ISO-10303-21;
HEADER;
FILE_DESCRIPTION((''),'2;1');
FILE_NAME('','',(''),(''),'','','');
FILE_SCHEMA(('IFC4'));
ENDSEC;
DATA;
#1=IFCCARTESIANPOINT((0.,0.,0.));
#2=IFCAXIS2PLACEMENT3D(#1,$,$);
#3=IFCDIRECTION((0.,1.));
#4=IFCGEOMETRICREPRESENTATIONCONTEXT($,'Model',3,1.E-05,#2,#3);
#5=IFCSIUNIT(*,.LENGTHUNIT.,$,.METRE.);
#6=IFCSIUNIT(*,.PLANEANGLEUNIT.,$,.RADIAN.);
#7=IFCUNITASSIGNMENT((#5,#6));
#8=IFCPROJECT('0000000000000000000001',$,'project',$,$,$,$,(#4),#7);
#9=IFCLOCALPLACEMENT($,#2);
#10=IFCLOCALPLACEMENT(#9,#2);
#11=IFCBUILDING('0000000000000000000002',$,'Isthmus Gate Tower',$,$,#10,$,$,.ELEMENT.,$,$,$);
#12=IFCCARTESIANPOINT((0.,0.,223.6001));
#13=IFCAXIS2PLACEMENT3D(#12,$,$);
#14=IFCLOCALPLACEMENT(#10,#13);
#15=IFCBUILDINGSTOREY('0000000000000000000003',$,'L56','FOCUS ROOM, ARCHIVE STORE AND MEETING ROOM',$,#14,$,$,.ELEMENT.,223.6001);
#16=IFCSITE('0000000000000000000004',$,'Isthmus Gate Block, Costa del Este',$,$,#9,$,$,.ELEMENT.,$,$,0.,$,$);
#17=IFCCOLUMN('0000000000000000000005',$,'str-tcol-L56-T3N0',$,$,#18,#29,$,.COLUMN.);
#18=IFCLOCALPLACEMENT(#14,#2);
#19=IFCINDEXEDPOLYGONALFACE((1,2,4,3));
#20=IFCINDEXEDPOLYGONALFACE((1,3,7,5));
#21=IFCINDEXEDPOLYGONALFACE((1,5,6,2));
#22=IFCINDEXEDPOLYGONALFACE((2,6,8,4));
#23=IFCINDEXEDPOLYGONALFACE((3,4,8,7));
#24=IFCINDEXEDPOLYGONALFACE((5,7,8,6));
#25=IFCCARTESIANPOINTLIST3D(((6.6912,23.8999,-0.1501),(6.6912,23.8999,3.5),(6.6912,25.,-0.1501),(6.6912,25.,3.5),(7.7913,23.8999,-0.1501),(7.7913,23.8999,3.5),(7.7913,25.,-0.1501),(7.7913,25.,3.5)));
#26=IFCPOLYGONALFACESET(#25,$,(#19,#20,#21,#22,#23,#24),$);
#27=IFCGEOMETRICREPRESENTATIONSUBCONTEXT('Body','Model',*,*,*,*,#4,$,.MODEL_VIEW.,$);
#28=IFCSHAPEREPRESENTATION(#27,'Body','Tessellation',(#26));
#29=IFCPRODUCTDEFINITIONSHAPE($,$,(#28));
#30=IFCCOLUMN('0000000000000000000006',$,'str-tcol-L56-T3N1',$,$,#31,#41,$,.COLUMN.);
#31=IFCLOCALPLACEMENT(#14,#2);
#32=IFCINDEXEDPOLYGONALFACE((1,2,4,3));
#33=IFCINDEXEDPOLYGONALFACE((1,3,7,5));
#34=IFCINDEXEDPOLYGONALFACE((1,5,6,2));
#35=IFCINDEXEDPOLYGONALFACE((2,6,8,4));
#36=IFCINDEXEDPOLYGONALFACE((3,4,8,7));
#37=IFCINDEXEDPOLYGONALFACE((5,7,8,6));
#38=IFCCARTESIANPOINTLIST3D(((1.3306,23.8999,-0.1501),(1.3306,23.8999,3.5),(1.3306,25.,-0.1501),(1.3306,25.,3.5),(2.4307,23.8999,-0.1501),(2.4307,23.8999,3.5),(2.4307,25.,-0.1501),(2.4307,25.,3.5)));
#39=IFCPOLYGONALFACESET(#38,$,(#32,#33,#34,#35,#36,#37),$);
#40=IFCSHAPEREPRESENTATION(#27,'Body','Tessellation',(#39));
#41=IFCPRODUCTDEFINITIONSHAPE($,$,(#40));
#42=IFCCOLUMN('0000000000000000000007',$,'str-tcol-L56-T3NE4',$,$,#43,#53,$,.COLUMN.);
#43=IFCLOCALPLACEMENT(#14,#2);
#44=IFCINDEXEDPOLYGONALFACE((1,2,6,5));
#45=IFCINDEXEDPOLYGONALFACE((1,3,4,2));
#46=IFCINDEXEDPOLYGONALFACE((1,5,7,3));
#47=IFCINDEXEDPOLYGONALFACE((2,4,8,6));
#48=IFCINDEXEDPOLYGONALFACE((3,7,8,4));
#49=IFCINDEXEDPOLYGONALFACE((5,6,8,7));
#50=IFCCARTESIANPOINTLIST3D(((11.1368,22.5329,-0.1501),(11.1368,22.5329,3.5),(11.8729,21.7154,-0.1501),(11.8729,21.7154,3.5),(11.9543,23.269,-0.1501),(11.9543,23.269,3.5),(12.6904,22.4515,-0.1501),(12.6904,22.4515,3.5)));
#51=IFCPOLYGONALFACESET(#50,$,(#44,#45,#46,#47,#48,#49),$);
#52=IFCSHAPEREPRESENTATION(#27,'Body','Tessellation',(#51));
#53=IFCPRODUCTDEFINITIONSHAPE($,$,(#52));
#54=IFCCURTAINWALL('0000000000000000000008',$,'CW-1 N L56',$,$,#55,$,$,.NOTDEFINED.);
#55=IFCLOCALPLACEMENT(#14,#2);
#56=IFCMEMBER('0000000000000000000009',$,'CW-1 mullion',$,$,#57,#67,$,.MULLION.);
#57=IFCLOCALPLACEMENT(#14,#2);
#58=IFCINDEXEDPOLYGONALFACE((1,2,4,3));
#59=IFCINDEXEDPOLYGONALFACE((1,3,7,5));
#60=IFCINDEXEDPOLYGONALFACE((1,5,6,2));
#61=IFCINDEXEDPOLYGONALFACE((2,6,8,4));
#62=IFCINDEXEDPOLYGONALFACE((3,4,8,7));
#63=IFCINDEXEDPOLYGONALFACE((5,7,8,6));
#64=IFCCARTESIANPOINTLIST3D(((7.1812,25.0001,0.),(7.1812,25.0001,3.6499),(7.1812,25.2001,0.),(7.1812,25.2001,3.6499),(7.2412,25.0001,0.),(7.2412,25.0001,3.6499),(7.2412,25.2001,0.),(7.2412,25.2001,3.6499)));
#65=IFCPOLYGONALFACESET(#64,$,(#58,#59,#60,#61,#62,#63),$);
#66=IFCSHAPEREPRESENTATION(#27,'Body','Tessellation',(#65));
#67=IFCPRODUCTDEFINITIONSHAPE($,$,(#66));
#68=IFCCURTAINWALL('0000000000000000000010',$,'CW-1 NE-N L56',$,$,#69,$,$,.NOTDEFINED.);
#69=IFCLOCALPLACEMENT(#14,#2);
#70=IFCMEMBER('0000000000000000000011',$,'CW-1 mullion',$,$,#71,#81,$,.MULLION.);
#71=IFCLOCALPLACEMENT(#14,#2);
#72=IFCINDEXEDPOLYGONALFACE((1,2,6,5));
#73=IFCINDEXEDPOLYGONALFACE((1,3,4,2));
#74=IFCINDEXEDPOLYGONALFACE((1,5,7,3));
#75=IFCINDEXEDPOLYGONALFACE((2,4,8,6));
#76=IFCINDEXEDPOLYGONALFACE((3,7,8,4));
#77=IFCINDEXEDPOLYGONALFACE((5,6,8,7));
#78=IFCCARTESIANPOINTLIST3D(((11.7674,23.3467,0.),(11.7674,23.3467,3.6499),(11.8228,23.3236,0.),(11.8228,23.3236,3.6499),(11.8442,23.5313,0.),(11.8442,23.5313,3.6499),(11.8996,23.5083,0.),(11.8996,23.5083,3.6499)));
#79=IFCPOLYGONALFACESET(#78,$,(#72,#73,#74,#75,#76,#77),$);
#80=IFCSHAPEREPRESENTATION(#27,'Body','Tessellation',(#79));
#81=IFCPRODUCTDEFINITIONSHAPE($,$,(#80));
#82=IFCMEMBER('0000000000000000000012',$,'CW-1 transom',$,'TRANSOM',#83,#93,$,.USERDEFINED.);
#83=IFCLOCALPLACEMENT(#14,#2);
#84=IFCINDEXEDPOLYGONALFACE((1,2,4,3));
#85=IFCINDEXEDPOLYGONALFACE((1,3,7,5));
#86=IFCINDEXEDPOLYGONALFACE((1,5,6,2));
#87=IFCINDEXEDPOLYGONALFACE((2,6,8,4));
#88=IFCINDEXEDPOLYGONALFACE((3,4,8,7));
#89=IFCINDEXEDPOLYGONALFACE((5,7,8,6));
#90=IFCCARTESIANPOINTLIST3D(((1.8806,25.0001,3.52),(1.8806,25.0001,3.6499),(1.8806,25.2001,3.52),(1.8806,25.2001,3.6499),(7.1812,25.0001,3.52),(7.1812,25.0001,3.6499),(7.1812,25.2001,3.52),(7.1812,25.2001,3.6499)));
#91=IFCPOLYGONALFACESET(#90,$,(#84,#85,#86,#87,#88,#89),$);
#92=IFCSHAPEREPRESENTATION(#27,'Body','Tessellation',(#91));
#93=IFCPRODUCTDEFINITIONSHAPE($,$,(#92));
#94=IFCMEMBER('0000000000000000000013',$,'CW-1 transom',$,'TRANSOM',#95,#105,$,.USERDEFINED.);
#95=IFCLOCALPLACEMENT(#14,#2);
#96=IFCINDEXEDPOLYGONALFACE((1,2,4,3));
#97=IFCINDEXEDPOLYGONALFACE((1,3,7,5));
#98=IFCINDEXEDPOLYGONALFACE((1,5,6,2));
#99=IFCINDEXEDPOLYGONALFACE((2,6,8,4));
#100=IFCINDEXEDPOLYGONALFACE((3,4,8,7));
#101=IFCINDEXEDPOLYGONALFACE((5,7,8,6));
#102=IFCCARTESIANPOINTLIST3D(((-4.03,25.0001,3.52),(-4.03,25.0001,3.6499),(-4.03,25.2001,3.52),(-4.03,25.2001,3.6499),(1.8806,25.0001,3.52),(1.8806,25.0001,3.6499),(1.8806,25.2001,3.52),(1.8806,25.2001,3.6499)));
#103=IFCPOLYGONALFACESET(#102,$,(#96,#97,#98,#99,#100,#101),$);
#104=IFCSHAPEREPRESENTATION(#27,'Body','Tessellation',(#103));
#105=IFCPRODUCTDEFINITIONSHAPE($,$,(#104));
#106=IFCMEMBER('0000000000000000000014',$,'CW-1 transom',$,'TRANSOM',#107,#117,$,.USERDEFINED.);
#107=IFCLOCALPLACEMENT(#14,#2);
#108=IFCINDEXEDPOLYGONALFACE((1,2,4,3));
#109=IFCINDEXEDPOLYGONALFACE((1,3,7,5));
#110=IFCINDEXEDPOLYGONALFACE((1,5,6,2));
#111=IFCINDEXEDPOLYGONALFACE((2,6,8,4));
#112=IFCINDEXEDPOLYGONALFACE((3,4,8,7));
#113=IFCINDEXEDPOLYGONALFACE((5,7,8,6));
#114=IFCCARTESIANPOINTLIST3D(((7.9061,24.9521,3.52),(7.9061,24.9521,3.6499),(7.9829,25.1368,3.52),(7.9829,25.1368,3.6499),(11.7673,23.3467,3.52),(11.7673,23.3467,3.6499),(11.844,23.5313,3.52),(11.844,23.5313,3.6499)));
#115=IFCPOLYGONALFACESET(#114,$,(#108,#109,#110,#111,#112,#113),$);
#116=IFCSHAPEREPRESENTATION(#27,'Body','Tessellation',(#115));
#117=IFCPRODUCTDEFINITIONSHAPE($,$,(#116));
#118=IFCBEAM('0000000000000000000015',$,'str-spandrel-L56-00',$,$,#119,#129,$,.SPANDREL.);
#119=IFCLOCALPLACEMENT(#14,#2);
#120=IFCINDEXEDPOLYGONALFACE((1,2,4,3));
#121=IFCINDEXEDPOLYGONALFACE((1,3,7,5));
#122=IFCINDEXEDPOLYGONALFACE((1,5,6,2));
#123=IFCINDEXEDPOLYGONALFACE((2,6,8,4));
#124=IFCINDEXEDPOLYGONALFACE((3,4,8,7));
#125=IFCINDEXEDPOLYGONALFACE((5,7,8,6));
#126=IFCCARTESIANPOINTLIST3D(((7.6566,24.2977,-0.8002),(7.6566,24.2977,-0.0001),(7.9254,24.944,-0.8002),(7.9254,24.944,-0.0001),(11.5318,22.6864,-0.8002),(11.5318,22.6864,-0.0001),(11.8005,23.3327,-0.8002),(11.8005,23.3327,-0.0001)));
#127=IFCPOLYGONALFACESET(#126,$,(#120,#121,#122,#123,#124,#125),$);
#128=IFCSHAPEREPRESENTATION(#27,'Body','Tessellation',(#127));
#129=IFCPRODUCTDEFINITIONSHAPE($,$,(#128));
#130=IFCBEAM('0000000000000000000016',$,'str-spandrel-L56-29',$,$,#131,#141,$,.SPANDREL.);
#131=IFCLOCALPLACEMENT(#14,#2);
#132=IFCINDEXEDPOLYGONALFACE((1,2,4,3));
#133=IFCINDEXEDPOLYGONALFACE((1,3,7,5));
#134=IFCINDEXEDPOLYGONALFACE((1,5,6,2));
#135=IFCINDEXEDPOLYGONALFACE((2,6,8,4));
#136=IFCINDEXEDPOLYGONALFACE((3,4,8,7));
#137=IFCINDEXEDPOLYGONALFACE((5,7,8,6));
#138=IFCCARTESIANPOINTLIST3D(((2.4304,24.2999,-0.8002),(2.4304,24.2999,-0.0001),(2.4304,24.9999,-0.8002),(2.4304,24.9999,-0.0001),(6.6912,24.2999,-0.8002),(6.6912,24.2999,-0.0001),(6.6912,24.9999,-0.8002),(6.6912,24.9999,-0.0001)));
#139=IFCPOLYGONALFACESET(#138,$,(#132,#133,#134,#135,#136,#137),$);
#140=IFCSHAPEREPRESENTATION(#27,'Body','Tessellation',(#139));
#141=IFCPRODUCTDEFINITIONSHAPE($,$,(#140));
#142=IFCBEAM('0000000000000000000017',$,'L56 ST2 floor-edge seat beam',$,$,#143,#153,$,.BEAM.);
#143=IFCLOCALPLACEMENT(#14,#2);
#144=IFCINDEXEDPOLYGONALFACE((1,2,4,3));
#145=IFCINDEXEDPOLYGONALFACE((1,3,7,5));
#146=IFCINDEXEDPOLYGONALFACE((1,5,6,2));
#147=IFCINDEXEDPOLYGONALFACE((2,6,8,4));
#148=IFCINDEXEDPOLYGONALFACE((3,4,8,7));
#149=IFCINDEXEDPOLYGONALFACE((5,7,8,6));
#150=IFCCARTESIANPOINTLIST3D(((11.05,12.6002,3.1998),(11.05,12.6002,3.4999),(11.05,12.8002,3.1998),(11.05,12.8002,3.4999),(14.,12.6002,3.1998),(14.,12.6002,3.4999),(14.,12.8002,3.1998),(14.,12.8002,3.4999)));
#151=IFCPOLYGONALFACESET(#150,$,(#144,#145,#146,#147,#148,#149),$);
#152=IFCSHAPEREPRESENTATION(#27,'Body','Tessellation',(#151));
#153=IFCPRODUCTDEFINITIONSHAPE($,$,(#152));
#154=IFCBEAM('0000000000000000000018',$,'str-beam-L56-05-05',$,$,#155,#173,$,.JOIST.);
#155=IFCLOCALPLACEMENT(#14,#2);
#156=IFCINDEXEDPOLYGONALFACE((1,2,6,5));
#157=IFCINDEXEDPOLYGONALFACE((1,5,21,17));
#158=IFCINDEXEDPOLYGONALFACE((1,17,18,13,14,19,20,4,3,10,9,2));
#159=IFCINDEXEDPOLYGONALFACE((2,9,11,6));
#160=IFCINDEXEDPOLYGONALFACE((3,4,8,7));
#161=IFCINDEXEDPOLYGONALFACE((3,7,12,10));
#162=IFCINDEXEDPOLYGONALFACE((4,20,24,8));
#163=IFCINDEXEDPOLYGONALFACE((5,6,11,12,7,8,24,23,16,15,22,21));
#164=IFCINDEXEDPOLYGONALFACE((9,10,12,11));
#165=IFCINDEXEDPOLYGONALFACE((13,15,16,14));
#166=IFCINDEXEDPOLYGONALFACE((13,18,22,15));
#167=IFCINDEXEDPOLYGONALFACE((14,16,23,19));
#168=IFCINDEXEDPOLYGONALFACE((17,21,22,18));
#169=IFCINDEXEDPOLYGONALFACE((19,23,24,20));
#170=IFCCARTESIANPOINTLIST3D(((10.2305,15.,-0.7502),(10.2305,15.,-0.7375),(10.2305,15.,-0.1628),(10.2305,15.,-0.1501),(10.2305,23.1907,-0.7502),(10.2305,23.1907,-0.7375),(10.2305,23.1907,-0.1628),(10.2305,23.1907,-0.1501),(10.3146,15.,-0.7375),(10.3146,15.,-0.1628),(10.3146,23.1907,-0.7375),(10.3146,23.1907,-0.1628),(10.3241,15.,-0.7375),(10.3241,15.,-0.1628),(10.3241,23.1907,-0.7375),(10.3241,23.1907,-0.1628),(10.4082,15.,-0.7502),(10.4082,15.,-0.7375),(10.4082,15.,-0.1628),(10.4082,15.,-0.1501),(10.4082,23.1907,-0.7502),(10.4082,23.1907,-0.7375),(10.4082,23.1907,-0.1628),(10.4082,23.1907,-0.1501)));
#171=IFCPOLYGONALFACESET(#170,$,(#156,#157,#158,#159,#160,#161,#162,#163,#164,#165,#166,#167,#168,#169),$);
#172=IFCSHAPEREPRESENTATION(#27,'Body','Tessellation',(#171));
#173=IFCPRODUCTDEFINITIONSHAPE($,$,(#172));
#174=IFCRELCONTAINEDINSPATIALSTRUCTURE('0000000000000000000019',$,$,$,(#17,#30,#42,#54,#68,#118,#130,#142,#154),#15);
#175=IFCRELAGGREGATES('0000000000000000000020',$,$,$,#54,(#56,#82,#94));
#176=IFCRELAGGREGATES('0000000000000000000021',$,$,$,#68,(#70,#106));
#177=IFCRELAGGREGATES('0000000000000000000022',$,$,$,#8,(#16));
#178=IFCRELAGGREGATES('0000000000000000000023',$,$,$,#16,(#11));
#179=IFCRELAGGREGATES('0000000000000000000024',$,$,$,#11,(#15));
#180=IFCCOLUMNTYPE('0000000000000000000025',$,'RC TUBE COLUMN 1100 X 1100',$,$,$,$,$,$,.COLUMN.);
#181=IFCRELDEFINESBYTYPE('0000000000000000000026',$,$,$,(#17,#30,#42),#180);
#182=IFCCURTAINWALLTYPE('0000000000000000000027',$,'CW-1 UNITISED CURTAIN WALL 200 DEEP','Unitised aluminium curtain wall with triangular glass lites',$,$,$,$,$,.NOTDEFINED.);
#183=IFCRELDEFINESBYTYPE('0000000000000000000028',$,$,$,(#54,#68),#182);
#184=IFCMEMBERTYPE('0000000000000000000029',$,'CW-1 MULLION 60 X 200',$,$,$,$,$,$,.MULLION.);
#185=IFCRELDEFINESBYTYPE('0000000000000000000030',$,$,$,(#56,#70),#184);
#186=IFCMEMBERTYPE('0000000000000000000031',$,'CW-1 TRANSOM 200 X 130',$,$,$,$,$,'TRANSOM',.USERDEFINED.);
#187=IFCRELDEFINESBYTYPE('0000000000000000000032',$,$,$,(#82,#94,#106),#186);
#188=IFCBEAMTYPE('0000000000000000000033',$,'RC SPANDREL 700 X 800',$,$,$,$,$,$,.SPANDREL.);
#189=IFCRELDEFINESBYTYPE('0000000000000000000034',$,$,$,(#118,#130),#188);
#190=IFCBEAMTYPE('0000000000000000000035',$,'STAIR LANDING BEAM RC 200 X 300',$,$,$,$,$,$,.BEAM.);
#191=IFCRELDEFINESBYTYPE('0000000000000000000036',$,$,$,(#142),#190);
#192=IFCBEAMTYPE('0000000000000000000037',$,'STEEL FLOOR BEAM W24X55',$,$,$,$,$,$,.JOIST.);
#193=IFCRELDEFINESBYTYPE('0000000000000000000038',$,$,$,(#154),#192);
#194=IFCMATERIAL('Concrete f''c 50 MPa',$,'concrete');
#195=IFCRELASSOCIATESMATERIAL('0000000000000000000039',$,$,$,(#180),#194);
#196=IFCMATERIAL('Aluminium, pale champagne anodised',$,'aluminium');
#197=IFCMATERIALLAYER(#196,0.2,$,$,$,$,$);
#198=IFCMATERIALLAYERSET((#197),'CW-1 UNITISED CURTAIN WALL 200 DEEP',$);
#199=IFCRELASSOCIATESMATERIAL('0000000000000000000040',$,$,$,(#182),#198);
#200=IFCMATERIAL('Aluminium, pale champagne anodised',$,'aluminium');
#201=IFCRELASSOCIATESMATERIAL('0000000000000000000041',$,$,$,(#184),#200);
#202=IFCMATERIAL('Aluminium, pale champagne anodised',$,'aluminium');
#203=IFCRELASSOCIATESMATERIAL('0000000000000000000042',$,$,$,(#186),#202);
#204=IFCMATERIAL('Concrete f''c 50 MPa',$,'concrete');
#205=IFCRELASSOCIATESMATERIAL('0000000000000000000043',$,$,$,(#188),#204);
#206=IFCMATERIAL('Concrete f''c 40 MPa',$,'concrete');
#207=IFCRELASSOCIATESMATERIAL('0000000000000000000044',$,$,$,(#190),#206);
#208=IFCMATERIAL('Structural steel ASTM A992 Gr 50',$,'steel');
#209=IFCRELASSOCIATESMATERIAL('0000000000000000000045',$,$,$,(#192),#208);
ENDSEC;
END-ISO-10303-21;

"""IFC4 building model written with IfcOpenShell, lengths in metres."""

from ifc_helpers import new_model, si_unit, direction, frame, origin, origin_2d, place, context, subcontext, project, spatial, rectangle, i_section, extrude, material, layer, layer_set, material_profile, profile_set, type_object, element, aggregate, save


model = new_model("IFC4")

# Units and contexts
model_context = context("Model", 3, precision=1e-05, world=origin(), true_north=direction((0.0, 1.0)))
body_context = subcontext(model_context, "Body", "Model", "MODEL_VIEW")
ifc_project = project(units=[si_unit("LENGTHUNIT", "METRE"), si_unit("PLANEANGLEUNIT", "RADIAN")], contexts=[model_context])

# Site, building, storey
site_placement = place(None, origin())
site = spatial("IfcSite", under=ifc_project, at=site_placement, Name="Isthmus Gate Block, Costa del Este", CompositionType="ELEMENT", RefElevation=0.0)
building_placement = place(site_placement, origin())
building = spatial("IfcBuilding", under=site, at=building_placement, Name="Isthmus Gate Tower", CompositionType="ELEMENT")
storey_placement = place(building_placement, frame((0.0, 0.0, 223.6001)))
storey = spatial("IfcBuildingStorey", under=building, at=storey_placement, Name="L56", Description="FOCUS ROOM, ARCHIVE STORE AND MEETING ROOM", CompositionType="ELEMENT", Elevation=223.6001)

# Columns
ifc_material_1 = material(Name="Concrete f'c 50 MPa", Category="concrete")
ifc_material_profile_1 = material_profile(ifc_material_1, rectangle(XDim=1.1001, YDim=1.1001, at=origin_2d()), Name="RC 1100X1100")
ifc_profile_set_1 = profile_set([ifc_material_profile_1], Name="Concrete f'c 50 MPa")
column_type = type_object("IfcColumnType", Name="RC TUBE COLUMN 1100 X 1100", PredefinedType="COLUMN", material=ifc_profile_set_1)
for number, where, z_axis, x_axis, name in (
    (1, (7.2412, 24.45, -0.1501), (0.0, 0.0, 1.0), (-1.0, 0.0, 0.0), "str-tcol-L56-T3N0"),
    (2, (1.8806, 24.45, -0.1501), (0.0, 0.0, 1.0), (-1.0, 0.0, 0.0), "str-tcol-L56-T3N1"),
    (3, (11.9136, 22.4922, -0.1501), (0.0, 0.0, 1.0), (-0.669131, 0.743145, 0.0), "str-tcol-L56-T3NE4"),
):
    element("IfcColumn", number, at=place(storey_placement, frame(where, z_axis=z_axis, x_axis=x_axis)), inside=storey, type_object=column_type, Name=name, PredefinedType="COLUMN", context=body_context, shape_type="SweptSolid", body=[
        extrude(rectangle(XDim=1.1001, YDim=1.1001, at=origin_2d()), origin(), (0.0, 0.0, 1.0), 3.6501),
    ])

# Curtain walls, members
ifc_material_2 = material(Name="Aluminium, pale champagne anodised", Category="aluminium")
ifc_layer_1 = layer(ifc_material_2, 0.2)
ifc_layer_set_1 = layer_set([ifc_layer_1], Name="CW-1 UNITISED CURTAIN WALL 200 DEEP")
curtain_wall_type = type_object("IfcCurtainWallType", Name="CW-1 UNITISED CURTAIN WALL 200 DEEP", Description="Unitised aluminium curtain wall with triangular glass lites", PredefinedType="NOTDEFINED", material=ifc_layer_set_1)
curtain_wall_1_placement = place(storey_placement, origin())
curtain_wall_1 = element("IfcCurtainWall", 4, at=curtain_wall_1_placement, inside=storey, type_object=curtain_wall_type, Name="CW-1 N L56", PredefinedType="NOTDEFINED")
ifc_material_3 = material(Name="Aluminium, pale champagne anodised", Category="aluminium")
ifc_material_profile_2 = material_profile(ifc_material_3, rectangle(XDim=0.0601, YDim=0.2, at=origin_2d()), Name="60x200")
ifc_profile_set_2 = profile_set([ifc_material_profile_2], Name="Aluminium, pale champagne anodised")
member_type_1 = type_object("IfcMemberType", Name="CW-1 MULLION 60 X 200", PredefinedType="MULLION", material=ifc_profile_set_2)
member_1_placement = place(storey_placement, frame((7.2112, 25.1001, 0.0), z_axis=(0.0, 0.0, 1.0), x_axis=(-1.0, 0.0, 0.0)))
member_1 = element("IfcMember", 5, at=member_1_placement, type_object=member_type_1, Name="CW-1 mullion", PredefinedType="MULLION", context=body_context, shape_type="SweptSolid", body=[
    extrude(rectangle(XDim=0.0601, YDim=0.2, at=origin_2d()), origin(), (0.0, 0.0, 1.0), 3.6499),
])
curtain_wall_2_placement = place(storey_placement, origin())
curtain_wall_2 = element("IfcCurtainWall", 6, at=curtain_wall_2_placement, inside=storey, type_object=curtain_wall_type, Name="CW-1 NE-N L56", PredefinedType="NOTDEFINED")
member_2_placement = place(storey_placement, frame((11.8335, 23.4275, 0.0), z_axis=(0.0, 0.0, 1.0), x_axis=(-0.923353, 0.383952, 0.0)))
member_2 = element("IfcMember", 7, at=member_2_placement, type_object=member_type_1, Name="CW-1 mullion", PredefinedType="MULLION", context=body_context, shape_type="SweptSolid", body=[
    extrude(rectangle(XDim=0.0601, YDim=0.2, at=origin_2d()), origin(), (0.0, 0.0, 1.0), 3.6499),
])

# Members
ifc_material_4 = material(Name="Aluminium, pale champagne anodised", Category="aluminium")
ifc_material_profile_3 = material_profile(ifc_material_4, rectangle(XDim=0.2, YDim=0.1299, at=origin_2d()), Name="200x130")
ifc_profile_set_3 = profile_set([ifc_material_profile_3], Name="Aluminium, pale champagne anodised")
member_type_2 = type_object("IfcMemberType", Name="CW-1 TRANSOM 200 X 130", ElementType="TRANSOM", PredefinedType="USERDEFINED", material=ifc_profile_set_3)
member_3_placement = place(storey_placement, frame((7.1812, 25.1001, 3.585), z_axis=(-1.0, 0.0, 0.0), x_axis=(0.0, -1.0, 0.0)))
member_3 = element("IfcMember", 8, at=member_3_placement, type_object=member_type_2, Name="CW-1 transom", ObjectType="TRANSOM", PredefinedType="USERDEFINED", context=body_context, shape_type="SweptSolid", body=[
    extrude(rectangle(XDim=0.2, YDim=0.1299, at=origin_2d()), origin(), (0.0, 0.0, 1.0), 5.3005),
])
member_4_placement = place(storey_placement, frame((1.8806, 25.1001, 3.585), z_axis=(-1.0, 0.0, 0.0), x_axis=(0.0, -1.0, 0.0)))
member_4 = element("IfcMember", 9, at=member_4_placement, type_object=member_type_2, Name="CW-1 transom", ObjectType="TRANSOM", PredefinedType="USERDEFINED", context=body_context, shape_type="SweptSolid", body=[
    extrude(rectangle(XDim=0.2, YDim=0.1299, at=origin_2d()), origin(), (0.0, 0.0, 1.0), 5.9106),
])
member_5_placement = place(storey_placement, frame((11.8057, 23.439, 3.585), z_axis=(-0.923358, 0.38394, 0.0), x_axis=(-0.38394, -0.923358, 0.0)))
member_5 = element("IfcMember", 10, at=member_5_placement, type_object=member_type_2, Name="CW-1 transom", ObjectType="TRANSOM", PredefinedType="USERDEFINED", context=body_context, shape_type="SweptSolid", body=[
    extrude(rectangle(XDim=0.2, YDim=0.1299, at=origin_2d()), origin(), (0.0, 0.0, 1.0), 4.1816),
])

# Beams
ifc_material_5 = material(Name="Concrete f'c 50 MPa", Category="concrete")
ifc_material_profile_4 = material_profile(ifc_material_5, rectangle(XDim=0.7, YDim=0.8, at=origin_2d()), Name="RC 700X800")
ifc_profile_set_4 = profile_set([ifc_material_profile_4], Name="Concrete f'c 50 MPa")
beam_type_1 = type_object("IfcBeamType", Name="RC SPANDREL 700 X 800", PredefinedType="SPANDREL", material=ifc_profile_set_4)
beam_1_placement = place(storey_placement, frame((7.791, 24.6208, -0.4001), z_axis=(0.923361, -0.383934, 0.0), x_axis=(0.383934, 0.923361, 0.0)))
element("IfcBeam", 11, at=beam_1_placement, inside=storey, type_object=beam_type_1, Name="str-spandrel-L56-00", PredefinedType="SPANDREL", context=body_context, shape_type="SweptSolid", body=[
    extrude(rectangle(XDim=0.7, YDim=0.8, at=origin_2d()), origin(), (0.0, 0.0, 1.0), 4.1968),
])
beam_2_placement = place(storey_placement, frame((2.4304, 24.6499, -0.4001), z_axis=(1.0, 0.0, 0.0), x_axis=(0.0, 1.0, 0.0)))
element("IfcBeam", 12, at=beam_2_placement, inside=storey, type_object=beam_type_1, Name="str-spandrel-L56-29", PredefinedType="SPANDREL", context=body_context, shape_type="SweptSolid", body=[
    extrude(rectangle(XDim=0.7, YDim=0.8, at=origin_2d()), origin(), (0.0, 0.0, 1.0), 4.2607),
])
ifc_material_6 = material(Name="Concrete f'c 40 MPa", Category="concrete")
ifc_material_profile_5 = material_profile(ifc_material_6, rectangle(XDim=0.2, YDim=0.3, at=origin_2d()), Name="STAIR LANDING BEAM RC 200 X 300")
ifc_profile_set_5 = profile_set([ifc_material_profile_5], Name="Concrete f'c 40 MPa")
beam_type_2 = type_object("IfcBeamType", Name="STAIR LANDING BEAM RC 200 X 300", PredefinedType="BEAM", material=ifc_profile_set_5)
beam_3_placement = place(storey_placement, frame((11.05, 12.7002, 3.3499), z_axis=(1.0, 0.0, 0.0), x_axis=(0.0, 1.0, 0.0)))
element("IfcBeam", 13, at=beam_3_placement, inside=storey, type_object=beam_type_2, Name="L56 ST2 floor-edge seat beam", PredefinedType="BEAM", context=body_context, shape_type="SweptSolid", body=[
    extrude(rectangle(XDim=0.2, YDim=0.3, at=origin_2d()), origin(), (0.0, 0.0, 1.0), 2.95),
])
ifc_material_7 = material(Name="Structural steel ASTM A992 Gr 50", Category="steel")
ifc_material_profile_6 = material_profile(ifc_material_7, i_section(OverallWidth=0.1777, OverallDepth=0.6001, WebThickness=0.0095, FlangeThickness=0.0127, at=origin_2d()), Name="W24X55")
ifc_profile_set_6 = profile_set([ifc_material_profile_6], Name="Structural steel ASTM A992 Gr 50")
beam_type_3 = type_object("IfcBeamType", Name="STEEL FLOOR BEAM W24X55", PredefinedType="JOIST", material=ifc_profile_set_6)
beam_4_placement = place(storey_placement, frame((10.3193, 15.0, -0.4502), z_axis=(0.0, 1.0, 0.0), x_axis=(-1.0, 0.0, 0.0)))
element("IfcBeam", 14, at=beam_4_placement, inside=storey, type_object=beam_type_3, Name="str-beam-L56-05-05", PredefinedType="JOIST", context=body_context, shape_type="SweptSolid", body=[
    extrude(i_section(OverallWidth=0.1777, OverallDepth=0.6001, WebThickness=0.0095, FlangeThickness=0.0127, at=origin_2d()), origin(), (0.0, 0.0, 1.0), 8.1907),
])

aggregate(curtain_wall_1, [member_1, member_3, member_4])
aggregate(curtain_wall_2, [member_2, member_5])

save(model, "model.ifc")
